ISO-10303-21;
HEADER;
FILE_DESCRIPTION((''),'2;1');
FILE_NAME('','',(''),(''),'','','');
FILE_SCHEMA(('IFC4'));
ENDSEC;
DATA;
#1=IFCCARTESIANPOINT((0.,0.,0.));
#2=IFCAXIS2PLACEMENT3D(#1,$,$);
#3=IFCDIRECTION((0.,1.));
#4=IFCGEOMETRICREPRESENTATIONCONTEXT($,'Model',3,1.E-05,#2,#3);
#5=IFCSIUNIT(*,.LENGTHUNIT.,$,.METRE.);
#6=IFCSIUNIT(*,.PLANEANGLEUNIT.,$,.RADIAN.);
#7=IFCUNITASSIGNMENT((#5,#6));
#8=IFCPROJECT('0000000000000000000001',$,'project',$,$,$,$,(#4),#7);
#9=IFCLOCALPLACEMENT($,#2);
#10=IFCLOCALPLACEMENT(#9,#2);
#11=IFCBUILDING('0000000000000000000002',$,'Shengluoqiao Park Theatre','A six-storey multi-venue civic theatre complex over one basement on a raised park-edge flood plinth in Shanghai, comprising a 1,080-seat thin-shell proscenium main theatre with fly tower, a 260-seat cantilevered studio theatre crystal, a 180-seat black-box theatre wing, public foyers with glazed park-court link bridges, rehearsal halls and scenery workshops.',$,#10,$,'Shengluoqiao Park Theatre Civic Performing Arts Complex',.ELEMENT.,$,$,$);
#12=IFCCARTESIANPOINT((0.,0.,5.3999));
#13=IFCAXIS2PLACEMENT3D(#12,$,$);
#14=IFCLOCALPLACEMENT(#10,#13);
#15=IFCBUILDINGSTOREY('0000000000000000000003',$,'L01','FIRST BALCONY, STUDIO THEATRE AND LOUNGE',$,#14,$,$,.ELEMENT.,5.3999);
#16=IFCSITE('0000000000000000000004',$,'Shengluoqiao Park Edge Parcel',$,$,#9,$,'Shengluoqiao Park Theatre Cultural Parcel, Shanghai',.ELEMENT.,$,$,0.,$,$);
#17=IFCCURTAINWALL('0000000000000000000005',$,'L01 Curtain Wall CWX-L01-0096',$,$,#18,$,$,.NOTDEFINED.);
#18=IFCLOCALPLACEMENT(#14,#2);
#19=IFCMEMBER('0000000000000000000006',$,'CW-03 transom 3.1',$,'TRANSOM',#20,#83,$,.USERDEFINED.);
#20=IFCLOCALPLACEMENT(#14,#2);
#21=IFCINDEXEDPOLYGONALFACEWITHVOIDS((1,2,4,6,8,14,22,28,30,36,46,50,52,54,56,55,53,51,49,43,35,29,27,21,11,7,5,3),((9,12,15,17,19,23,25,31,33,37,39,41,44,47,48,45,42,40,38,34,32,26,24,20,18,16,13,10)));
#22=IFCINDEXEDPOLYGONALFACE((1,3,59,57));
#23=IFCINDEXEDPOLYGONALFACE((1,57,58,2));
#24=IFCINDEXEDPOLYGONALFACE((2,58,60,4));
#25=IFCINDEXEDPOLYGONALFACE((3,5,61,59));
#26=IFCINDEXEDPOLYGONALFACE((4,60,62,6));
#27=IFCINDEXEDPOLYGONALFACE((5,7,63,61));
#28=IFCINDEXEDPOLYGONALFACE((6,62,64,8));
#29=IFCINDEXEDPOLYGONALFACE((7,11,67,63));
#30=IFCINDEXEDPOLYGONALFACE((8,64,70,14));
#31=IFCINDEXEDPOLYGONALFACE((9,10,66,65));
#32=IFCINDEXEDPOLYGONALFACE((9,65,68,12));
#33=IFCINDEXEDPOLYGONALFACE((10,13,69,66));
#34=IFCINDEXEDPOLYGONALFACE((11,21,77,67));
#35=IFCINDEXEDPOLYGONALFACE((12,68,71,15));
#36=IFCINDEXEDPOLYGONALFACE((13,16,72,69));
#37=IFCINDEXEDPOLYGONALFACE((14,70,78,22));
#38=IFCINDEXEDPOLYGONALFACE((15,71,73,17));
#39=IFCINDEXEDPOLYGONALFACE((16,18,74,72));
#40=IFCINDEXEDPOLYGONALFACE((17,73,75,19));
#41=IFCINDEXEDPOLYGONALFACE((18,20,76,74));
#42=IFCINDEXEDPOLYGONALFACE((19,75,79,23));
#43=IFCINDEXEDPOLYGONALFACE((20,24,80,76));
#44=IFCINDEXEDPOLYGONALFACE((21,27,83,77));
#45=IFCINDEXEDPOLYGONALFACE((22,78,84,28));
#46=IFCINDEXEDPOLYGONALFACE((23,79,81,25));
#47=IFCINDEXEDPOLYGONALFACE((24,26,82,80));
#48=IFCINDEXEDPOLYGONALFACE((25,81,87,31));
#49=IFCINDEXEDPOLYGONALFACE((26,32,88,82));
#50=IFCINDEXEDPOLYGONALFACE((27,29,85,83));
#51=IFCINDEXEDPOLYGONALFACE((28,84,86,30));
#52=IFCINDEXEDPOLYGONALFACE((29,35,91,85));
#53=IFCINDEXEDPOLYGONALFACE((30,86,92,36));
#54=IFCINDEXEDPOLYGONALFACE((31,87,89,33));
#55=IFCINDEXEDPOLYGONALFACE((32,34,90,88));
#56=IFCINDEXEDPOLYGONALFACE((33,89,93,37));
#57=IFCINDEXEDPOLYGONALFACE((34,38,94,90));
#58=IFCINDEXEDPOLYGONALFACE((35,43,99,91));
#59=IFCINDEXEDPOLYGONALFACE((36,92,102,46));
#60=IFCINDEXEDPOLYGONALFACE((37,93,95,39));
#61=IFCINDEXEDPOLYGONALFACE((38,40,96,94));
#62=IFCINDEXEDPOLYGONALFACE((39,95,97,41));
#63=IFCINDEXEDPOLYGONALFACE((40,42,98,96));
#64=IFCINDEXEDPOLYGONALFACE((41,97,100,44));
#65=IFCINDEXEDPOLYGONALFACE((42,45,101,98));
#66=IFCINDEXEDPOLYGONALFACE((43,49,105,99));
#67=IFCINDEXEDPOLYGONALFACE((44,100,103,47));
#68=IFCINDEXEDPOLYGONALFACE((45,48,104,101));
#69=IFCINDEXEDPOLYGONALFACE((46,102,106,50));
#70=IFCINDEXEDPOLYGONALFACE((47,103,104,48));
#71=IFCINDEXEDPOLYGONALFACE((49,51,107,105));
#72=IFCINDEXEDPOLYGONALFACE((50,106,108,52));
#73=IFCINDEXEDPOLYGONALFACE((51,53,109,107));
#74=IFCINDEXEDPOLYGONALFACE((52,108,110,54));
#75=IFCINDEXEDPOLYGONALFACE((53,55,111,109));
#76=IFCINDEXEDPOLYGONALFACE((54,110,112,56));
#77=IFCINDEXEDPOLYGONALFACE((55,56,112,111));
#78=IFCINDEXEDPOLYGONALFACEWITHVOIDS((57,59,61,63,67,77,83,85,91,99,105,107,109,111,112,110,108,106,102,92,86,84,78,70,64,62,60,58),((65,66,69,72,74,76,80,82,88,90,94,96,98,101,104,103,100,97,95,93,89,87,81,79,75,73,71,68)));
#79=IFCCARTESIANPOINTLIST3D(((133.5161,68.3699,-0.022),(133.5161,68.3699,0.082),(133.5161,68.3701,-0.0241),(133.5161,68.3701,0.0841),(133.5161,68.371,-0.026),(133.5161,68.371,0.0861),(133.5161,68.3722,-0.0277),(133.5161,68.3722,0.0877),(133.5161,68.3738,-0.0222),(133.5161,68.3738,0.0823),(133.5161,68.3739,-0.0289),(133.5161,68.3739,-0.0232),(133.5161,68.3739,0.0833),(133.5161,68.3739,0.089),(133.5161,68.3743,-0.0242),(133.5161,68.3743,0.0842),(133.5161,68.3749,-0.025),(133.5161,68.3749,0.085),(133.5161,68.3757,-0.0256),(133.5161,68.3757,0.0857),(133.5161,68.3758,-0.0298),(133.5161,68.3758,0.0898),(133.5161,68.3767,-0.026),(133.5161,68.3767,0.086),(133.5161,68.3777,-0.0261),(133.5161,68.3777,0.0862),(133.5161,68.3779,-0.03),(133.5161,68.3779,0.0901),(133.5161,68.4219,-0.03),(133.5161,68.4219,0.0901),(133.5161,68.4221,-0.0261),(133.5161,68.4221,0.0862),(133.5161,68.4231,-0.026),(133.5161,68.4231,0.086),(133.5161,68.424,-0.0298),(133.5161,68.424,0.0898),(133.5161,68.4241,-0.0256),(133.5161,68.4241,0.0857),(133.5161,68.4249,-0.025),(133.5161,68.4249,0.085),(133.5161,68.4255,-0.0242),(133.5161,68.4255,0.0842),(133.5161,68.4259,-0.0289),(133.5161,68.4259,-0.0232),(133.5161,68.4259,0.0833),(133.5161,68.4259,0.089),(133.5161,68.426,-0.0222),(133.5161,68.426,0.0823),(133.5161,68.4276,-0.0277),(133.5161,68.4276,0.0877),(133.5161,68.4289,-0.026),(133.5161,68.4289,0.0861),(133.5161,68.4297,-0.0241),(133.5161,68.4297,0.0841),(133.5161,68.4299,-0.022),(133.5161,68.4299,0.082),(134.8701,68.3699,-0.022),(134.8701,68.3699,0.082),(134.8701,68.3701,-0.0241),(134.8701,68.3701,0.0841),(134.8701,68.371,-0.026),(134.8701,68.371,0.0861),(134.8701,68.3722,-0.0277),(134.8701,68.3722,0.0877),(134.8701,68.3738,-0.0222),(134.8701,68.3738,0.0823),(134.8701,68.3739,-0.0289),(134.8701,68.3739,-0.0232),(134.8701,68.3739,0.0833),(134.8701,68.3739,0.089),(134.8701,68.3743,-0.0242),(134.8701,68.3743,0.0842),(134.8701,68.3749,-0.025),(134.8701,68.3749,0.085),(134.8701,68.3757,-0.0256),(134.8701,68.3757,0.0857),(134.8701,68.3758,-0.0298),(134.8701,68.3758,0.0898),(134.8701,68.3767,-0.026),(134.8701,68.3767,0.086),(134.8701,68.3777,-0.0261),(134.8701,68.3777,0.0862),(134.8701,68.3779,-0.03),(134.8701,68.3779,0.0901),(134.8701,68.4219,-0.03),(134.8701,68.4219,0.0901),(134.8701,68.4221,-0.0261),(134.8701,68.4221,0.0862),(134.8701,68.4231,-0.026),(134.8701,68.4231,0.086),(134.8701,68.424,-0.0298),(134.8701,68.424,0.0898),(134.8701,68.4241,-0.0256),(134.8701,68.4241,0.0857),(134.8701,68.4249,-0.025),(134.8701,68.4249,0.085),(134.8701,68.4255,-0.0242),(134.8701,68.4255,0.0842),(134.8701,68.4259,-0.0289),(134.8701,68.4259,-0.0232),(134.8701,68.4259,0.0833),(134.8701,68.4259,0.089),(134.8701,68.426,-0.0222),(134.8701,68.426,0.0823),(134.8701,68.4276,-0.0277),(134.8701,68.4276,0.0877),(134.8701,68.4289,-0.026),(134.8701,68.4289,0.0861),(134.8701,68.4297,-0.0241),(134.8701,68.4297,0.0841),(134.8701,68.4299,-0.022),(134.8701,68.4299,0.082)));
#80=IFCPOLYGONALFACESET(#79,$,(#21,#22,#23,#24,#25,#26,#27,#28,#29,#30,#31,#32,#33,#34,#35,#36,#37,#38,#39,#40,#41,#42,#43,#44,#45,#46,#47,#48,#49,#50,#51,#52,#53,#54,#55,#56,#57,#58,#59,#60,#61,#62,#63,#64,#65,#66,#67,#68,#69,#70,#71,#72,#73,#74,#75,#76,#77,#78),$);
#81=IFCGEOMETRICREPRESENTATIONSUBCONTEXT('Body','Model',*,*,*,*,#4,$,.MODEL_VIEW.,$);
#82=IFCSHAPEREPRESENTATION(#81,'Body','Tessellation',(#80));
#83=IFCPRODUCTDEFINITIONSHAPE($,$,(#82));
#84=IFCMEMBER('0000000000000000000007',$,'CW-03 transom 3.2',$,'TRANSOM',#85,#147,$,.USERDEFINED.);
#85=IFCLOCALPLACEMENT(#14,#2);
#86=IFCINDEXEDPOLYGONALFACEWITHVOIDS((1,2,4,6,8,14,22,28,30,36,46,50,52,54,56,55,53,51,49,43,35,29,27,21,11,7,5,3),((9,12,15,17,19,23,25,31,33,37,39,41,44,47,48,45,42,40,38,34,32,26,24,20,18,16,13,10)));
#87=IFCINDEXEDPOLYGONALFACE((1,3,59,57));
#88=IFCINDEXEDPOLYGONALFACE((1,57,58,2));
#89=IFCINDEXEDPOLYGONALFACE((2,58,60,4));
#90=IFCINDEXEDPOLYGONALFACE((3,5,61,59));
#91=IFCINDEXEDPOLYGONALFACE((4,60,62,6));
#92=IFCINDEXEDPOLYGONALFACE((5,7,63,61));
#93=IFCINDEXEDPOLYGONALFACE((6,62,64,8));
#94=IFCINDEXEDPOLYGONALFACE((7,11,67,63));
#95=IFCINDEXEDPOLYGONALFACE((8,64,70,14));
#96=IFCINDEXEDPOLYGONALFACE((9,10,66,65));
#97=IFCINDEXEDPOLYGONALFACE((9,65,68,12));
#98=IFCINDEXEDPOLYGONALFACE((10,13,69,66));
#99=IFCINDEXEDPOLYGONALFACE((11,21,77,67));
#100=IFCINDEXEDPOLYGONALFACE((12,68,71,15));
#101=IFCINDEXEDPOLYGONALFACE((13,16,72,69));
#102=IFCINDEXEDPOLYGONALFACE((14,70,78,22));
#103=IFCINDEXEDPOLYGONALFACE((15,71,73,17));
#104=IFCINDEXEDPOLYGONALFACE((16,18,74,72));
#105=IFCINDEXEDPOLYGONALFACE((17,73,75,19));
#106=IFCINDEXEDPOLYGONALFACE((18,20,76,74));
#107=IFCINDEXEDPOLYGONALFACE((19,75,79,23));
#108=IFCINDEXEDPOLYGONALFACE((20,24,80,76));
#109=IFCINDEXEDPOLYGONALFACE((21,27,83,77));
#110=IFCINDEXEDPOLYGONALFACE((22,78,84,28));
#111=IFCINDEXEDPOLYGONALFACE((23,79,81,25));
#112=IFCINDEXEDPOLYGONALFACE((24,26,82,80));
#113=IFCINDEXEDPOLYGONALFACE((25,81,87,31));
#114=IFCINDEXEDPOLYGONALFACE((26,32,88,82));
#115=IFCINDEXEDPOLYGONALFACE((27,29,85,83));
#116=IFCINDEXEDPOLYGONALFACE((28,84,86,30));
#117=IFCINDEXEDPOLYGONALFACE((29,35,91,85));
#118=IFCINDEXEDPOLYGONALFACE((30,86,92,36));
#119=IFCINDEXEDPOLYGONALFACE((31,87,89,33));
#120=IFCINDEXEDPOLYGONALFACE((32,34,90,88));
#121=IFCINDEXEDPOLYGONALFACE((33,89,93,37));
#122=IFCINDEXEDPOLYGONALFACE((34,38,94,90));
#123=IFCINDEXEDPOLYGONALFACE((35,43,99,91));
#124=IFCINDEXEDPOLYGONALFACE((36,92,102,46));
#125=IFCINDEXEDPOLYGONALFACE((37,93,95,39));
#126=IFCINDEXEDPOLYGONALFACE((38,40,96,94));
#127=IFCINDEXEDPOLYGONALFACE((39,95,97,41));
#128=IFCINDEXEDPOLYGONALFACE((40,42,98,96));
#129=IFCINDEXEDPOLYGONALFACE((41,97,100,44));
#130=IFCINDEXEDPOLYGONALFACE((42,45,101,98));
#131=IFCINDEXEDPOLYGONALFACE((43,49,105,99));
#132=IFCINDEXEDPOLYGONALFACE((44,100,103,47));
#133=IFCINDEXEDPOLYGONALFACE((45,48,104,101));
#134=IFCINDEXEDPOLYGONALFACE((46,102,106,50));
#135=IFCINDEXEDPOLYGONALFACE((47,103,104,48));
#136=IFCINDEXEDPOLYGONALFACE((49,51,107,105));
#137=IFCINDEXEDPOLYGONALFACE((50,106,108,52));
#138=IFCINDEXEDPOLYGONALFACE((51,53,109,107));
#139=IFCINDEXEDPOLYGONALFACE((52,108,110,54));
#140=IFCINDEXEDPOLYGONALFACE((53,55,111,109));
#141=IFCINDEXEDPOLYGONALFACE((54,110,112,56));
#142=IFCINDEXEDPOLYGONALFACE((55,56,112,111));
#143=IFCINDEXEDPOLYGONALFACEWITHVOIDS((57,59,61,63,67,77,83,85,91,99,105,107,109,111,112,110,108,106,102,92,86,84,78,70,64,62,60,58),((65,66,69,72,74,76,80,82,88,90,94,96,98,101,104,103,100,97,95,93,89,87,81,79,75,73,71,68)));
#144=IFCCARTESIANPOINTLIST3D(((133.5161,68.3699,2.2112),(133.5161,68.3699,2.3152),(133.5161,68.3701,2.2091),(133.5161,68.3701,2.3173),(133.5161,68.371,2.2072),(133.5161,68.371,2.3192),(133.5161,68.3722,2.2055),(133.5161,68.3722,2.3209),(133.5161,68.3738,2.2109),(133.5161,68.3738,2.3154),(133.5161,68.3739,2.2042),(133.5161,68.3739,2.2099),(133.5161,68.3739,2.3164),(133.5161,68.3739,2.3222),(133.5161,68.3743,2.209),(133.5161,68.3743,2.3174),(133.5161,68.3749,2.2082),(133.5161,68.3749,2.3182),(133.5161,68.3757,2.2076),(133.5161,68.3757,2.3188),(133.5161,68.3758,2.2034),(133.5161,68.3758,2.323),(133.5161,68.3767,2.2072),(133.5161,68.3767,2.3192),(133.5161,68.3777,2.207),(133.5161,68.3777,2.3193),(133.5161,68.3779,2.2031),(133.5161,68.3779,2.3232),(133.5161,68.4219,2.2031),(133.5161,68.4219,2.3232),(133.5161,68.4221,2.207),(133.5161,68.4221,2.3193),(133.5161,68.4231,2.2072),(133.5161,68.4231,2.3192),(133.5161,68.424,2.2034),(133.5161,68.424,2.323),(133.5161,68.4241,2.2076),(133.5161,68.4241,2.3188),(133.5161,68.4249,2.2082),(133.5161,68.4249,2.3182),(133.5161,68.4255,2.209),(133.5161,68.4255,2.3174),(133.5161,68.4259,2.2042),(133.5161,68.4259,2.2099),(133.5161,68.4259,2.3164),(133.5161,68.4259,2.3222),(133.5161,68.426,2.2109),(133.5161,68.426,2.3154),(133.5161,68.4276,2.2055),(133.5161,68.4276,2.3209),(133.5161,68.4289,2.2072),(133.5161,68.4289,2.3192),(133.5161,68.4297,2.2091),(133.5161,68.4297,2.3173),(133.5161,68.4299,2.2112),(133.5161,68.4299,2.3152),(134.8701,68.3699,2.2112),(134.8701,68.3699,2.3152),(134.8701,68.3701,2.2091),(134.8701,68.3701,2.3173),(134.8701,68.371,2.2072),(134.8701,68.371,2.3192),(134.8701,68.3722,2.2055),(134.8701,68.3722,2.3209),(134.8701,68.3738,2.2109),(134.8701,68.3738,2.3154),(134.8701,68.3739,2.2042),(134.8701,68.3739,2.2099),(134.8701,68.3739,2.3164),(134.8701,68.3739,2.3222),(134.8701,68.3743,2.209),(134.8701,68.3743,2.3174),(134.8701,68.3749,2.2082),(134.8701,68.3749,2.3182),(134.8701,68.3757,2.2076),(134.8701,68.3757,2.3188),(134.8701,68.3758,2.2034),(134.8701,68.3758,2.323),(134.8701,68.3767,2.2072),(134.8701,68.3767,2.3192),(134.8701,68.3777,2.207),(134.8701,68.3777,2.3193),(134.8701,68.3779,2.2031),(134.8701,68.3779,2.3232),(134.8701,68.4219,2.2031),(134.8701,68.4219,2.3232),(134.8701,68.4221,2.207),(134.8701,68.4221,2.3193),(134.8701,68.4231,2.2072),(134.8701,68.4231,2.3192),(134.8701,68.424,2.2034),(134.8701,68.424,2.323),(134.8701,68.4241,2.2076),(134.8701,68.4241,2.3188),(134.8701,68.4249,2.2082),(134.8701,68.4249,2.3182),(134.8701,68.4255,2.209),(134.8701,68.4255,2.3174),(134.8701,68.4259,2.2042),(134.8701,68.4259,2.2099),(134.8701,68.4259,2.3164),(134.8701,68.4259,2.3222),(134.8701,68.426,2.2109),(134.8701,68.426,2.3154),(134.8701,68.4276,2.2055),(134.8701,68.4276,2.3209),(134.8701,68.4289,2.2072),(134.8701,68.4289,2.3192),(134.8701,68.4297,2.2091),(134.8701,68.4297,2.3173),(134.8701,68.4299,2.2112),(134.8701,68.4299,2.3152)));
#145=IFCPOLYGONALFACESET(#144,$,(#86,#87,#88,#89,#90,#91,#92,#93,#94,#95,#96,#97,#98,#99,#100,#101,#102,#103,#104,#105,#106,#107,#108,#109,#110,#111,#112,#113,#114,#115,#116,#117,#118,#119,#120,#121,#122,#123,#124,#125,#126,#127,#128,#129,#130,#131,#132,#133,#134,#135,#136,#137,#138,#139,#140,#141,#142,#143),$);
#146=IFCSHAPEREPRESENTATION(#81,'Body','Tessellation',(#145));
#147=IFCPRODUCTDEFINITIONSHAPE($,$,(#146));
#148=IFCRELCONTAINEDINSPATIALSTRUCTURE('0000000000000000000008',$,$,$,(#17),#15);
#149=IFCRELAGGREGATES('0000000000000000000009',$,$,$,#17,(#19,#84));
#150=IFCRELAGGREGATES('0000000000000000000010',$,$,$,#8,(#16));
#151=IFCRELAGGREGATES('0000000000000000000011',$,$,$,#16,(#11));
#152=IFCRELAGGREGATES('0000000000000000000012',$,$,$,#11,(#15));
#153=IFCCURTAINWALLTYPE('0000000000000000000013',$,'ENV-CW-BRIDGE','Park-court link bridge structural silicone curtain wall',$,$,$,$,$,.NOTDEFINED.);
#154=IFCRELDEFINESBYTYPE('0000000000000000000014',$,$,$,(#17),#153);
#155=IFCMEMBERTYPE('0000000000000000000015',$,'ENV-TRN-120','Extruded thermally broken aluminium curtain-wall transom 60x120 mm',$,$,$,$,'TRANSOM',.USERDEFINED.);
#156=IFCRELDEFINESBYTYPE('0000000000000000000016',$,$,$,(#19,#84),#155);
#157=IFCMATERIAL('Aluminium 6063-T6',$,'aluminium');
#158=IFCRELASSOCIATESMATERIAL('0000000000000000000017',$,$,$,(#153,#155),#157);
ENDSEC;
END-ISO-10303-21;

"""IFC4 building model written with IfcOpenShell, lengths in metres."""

from ifc_helpers import new_model, si_unit, direction, frame, origin, origin_2d, place, context, subcontext, project, spatial, hollow_rectangle, extrude, material, material_profile, profile_set, type_object, element, aggregate, save


model = new_model("IFC4")

# Units and contexts
model_context = context("Model", 3, precision=1e-05, world=origin(), true_north=direction((0.0, 1.0)))
body_context = subcontext(model_context, "Body", "Model", "MODEL_VIEW")
ifc_project = project(units=[si_unit("LENGTHUNIT", "METRE"), si_unit("PLANEANGLEUNIT", "RADIAN")], contexts=[model_context])

# Site, building, storey
site_placement = place(None, origin())
site = spatial("IfcSite", under=ifc_project, at=site_placement, Name="Shengluoqiao Park Edge Parcel", LongName="Shengluoqiao Park Theatre Cultural Parcel, Shanghai", CompositionType="ELEMENT", RefElevation=0.0)
building_placement = place(site_placement, origin())
building = spatial("IfcBuilding", under=site, at=building_placement, Name="Shengluoqiao Park Theatre", Description="A six-storey multi-venue civic theatre complex over one basement on a raised park-edge flood plinth in Shanghai, comprising a 1,080-seat thin-shell proscenium main theatre with fly tower, a 260-seat cantilevered studio theatre crystal, a 180-seat black-box theatre wing, public foyers with glazed park-court link bridges, rehearsal halls and scenery workshops.", LongName="Shengluoqiao Park Theatre Civic Performing Arts Complex", CompositionType="ELEMENT")
storey_placement = place(building_placement, frame((0.0, 0.0, 5.3999)))
storey = spatial("IfcBuildingStorey", under=building, at=storey_placement, Name="L01", Description="FIRST BALCONY, STUDIO THEATRE AND LOUNGE", CompositionType="ELEMENT", Elevation=5.3999)

# Curtain wall, members
ifc_material_1 = material(Name="Aluminium 6063-T6", Category="aluminium")
curtain_wall_type = type_object("IfcCurtainWallType", Name="ENV-CW-BRIDGE", Description="Park-court link bridge structural silicone curtain wall", PredefinedType="NOTDEFINED", material=ifc_material_1)
curtain_wall_placement = place(storey_placement, origin())
curtain_wall = element("IfcCurtainWall", 1, at=curtain_wall_placement, inside=storey, type_object=curtain_wall_type, Name="L01 Curtain Wall CWX-L01-0096", PredefinedType="NOTDEFINED")
ifc_material_profile_1 = material_profile(ifc_material_1, hollow_rectangle(XDim=0.0601, YDim=0.1201, WallThickness=0.0039, InnerFilletRadius=0.0039, OuterFilletRadius=0.0081, at=origin_2d()), Name="ALU TRANSOM 120x60x4")
ifc_profile_set_1 = profile_set([ifc_material_profile_1], Name="Aluminium 6063-T6")
member_type_1 = type_object("IfcMemberType", Name="ENV-TRN-120", Description="Extruded thermally broken aluminium curtain-wall transom 60x120 mm", ElementType="TRANSOM", PredefinedType="USERDEFINED", material=ifc_profile_set_1)
member_1_placement = place(storey_placement, frame((133.5161, 68.3999, 0.03), z_axis=(1.0, 0.0, 0.0), x_axis=(0.0, 1.0, 0.0)))
member_1 = element("IfcMember", 2, at=member_1_placement, type_object=member_type_1, Name="CW-03 transom 3.1", ObjectType="TRANSOM", PredefinedType="USERDEFINED", context=body_context, shape_type="SweptSolid", body=[
    extrude(hollow_rectangle(XDim=0.0601, YDim=0.1201, WallThickness=0.0039, InnerFilletRadius=0.0039, OuterFilletRadius=0.0081, at=origin_2d()), origin(), (0.0, 0.0, 1.0), 1.354),
])
member_2_placement = place(storey_placement, frame((133.5161, 68.3999, 2.2632), z_axis=(1.0, 0.0, 0.0), x_axis=(0.0, 1.0, 0.0)))
member_2 = element("IfcMember", 3, at=member_2_placement, type_object=member_type_1, Name="CW-03 transom 3.2", ObjectType="TRANSOM", PredefinedType="USERDEFINED", context=body_context, shape_type="SweptSolid", body=[
    extrude(hollow_rectangle(XDim=0.0601, YDim=0.1201, WallThickness=0.0039, InnerFilletRadius=0.0039, OuterFilletRadius=0.0081, at=origin_2d()), origin(), (0.0, 0.0, 1.0), 1.354),
])

aggregate(curtain_wall, [member_1, member_2])

save(model, "model.ifc")
